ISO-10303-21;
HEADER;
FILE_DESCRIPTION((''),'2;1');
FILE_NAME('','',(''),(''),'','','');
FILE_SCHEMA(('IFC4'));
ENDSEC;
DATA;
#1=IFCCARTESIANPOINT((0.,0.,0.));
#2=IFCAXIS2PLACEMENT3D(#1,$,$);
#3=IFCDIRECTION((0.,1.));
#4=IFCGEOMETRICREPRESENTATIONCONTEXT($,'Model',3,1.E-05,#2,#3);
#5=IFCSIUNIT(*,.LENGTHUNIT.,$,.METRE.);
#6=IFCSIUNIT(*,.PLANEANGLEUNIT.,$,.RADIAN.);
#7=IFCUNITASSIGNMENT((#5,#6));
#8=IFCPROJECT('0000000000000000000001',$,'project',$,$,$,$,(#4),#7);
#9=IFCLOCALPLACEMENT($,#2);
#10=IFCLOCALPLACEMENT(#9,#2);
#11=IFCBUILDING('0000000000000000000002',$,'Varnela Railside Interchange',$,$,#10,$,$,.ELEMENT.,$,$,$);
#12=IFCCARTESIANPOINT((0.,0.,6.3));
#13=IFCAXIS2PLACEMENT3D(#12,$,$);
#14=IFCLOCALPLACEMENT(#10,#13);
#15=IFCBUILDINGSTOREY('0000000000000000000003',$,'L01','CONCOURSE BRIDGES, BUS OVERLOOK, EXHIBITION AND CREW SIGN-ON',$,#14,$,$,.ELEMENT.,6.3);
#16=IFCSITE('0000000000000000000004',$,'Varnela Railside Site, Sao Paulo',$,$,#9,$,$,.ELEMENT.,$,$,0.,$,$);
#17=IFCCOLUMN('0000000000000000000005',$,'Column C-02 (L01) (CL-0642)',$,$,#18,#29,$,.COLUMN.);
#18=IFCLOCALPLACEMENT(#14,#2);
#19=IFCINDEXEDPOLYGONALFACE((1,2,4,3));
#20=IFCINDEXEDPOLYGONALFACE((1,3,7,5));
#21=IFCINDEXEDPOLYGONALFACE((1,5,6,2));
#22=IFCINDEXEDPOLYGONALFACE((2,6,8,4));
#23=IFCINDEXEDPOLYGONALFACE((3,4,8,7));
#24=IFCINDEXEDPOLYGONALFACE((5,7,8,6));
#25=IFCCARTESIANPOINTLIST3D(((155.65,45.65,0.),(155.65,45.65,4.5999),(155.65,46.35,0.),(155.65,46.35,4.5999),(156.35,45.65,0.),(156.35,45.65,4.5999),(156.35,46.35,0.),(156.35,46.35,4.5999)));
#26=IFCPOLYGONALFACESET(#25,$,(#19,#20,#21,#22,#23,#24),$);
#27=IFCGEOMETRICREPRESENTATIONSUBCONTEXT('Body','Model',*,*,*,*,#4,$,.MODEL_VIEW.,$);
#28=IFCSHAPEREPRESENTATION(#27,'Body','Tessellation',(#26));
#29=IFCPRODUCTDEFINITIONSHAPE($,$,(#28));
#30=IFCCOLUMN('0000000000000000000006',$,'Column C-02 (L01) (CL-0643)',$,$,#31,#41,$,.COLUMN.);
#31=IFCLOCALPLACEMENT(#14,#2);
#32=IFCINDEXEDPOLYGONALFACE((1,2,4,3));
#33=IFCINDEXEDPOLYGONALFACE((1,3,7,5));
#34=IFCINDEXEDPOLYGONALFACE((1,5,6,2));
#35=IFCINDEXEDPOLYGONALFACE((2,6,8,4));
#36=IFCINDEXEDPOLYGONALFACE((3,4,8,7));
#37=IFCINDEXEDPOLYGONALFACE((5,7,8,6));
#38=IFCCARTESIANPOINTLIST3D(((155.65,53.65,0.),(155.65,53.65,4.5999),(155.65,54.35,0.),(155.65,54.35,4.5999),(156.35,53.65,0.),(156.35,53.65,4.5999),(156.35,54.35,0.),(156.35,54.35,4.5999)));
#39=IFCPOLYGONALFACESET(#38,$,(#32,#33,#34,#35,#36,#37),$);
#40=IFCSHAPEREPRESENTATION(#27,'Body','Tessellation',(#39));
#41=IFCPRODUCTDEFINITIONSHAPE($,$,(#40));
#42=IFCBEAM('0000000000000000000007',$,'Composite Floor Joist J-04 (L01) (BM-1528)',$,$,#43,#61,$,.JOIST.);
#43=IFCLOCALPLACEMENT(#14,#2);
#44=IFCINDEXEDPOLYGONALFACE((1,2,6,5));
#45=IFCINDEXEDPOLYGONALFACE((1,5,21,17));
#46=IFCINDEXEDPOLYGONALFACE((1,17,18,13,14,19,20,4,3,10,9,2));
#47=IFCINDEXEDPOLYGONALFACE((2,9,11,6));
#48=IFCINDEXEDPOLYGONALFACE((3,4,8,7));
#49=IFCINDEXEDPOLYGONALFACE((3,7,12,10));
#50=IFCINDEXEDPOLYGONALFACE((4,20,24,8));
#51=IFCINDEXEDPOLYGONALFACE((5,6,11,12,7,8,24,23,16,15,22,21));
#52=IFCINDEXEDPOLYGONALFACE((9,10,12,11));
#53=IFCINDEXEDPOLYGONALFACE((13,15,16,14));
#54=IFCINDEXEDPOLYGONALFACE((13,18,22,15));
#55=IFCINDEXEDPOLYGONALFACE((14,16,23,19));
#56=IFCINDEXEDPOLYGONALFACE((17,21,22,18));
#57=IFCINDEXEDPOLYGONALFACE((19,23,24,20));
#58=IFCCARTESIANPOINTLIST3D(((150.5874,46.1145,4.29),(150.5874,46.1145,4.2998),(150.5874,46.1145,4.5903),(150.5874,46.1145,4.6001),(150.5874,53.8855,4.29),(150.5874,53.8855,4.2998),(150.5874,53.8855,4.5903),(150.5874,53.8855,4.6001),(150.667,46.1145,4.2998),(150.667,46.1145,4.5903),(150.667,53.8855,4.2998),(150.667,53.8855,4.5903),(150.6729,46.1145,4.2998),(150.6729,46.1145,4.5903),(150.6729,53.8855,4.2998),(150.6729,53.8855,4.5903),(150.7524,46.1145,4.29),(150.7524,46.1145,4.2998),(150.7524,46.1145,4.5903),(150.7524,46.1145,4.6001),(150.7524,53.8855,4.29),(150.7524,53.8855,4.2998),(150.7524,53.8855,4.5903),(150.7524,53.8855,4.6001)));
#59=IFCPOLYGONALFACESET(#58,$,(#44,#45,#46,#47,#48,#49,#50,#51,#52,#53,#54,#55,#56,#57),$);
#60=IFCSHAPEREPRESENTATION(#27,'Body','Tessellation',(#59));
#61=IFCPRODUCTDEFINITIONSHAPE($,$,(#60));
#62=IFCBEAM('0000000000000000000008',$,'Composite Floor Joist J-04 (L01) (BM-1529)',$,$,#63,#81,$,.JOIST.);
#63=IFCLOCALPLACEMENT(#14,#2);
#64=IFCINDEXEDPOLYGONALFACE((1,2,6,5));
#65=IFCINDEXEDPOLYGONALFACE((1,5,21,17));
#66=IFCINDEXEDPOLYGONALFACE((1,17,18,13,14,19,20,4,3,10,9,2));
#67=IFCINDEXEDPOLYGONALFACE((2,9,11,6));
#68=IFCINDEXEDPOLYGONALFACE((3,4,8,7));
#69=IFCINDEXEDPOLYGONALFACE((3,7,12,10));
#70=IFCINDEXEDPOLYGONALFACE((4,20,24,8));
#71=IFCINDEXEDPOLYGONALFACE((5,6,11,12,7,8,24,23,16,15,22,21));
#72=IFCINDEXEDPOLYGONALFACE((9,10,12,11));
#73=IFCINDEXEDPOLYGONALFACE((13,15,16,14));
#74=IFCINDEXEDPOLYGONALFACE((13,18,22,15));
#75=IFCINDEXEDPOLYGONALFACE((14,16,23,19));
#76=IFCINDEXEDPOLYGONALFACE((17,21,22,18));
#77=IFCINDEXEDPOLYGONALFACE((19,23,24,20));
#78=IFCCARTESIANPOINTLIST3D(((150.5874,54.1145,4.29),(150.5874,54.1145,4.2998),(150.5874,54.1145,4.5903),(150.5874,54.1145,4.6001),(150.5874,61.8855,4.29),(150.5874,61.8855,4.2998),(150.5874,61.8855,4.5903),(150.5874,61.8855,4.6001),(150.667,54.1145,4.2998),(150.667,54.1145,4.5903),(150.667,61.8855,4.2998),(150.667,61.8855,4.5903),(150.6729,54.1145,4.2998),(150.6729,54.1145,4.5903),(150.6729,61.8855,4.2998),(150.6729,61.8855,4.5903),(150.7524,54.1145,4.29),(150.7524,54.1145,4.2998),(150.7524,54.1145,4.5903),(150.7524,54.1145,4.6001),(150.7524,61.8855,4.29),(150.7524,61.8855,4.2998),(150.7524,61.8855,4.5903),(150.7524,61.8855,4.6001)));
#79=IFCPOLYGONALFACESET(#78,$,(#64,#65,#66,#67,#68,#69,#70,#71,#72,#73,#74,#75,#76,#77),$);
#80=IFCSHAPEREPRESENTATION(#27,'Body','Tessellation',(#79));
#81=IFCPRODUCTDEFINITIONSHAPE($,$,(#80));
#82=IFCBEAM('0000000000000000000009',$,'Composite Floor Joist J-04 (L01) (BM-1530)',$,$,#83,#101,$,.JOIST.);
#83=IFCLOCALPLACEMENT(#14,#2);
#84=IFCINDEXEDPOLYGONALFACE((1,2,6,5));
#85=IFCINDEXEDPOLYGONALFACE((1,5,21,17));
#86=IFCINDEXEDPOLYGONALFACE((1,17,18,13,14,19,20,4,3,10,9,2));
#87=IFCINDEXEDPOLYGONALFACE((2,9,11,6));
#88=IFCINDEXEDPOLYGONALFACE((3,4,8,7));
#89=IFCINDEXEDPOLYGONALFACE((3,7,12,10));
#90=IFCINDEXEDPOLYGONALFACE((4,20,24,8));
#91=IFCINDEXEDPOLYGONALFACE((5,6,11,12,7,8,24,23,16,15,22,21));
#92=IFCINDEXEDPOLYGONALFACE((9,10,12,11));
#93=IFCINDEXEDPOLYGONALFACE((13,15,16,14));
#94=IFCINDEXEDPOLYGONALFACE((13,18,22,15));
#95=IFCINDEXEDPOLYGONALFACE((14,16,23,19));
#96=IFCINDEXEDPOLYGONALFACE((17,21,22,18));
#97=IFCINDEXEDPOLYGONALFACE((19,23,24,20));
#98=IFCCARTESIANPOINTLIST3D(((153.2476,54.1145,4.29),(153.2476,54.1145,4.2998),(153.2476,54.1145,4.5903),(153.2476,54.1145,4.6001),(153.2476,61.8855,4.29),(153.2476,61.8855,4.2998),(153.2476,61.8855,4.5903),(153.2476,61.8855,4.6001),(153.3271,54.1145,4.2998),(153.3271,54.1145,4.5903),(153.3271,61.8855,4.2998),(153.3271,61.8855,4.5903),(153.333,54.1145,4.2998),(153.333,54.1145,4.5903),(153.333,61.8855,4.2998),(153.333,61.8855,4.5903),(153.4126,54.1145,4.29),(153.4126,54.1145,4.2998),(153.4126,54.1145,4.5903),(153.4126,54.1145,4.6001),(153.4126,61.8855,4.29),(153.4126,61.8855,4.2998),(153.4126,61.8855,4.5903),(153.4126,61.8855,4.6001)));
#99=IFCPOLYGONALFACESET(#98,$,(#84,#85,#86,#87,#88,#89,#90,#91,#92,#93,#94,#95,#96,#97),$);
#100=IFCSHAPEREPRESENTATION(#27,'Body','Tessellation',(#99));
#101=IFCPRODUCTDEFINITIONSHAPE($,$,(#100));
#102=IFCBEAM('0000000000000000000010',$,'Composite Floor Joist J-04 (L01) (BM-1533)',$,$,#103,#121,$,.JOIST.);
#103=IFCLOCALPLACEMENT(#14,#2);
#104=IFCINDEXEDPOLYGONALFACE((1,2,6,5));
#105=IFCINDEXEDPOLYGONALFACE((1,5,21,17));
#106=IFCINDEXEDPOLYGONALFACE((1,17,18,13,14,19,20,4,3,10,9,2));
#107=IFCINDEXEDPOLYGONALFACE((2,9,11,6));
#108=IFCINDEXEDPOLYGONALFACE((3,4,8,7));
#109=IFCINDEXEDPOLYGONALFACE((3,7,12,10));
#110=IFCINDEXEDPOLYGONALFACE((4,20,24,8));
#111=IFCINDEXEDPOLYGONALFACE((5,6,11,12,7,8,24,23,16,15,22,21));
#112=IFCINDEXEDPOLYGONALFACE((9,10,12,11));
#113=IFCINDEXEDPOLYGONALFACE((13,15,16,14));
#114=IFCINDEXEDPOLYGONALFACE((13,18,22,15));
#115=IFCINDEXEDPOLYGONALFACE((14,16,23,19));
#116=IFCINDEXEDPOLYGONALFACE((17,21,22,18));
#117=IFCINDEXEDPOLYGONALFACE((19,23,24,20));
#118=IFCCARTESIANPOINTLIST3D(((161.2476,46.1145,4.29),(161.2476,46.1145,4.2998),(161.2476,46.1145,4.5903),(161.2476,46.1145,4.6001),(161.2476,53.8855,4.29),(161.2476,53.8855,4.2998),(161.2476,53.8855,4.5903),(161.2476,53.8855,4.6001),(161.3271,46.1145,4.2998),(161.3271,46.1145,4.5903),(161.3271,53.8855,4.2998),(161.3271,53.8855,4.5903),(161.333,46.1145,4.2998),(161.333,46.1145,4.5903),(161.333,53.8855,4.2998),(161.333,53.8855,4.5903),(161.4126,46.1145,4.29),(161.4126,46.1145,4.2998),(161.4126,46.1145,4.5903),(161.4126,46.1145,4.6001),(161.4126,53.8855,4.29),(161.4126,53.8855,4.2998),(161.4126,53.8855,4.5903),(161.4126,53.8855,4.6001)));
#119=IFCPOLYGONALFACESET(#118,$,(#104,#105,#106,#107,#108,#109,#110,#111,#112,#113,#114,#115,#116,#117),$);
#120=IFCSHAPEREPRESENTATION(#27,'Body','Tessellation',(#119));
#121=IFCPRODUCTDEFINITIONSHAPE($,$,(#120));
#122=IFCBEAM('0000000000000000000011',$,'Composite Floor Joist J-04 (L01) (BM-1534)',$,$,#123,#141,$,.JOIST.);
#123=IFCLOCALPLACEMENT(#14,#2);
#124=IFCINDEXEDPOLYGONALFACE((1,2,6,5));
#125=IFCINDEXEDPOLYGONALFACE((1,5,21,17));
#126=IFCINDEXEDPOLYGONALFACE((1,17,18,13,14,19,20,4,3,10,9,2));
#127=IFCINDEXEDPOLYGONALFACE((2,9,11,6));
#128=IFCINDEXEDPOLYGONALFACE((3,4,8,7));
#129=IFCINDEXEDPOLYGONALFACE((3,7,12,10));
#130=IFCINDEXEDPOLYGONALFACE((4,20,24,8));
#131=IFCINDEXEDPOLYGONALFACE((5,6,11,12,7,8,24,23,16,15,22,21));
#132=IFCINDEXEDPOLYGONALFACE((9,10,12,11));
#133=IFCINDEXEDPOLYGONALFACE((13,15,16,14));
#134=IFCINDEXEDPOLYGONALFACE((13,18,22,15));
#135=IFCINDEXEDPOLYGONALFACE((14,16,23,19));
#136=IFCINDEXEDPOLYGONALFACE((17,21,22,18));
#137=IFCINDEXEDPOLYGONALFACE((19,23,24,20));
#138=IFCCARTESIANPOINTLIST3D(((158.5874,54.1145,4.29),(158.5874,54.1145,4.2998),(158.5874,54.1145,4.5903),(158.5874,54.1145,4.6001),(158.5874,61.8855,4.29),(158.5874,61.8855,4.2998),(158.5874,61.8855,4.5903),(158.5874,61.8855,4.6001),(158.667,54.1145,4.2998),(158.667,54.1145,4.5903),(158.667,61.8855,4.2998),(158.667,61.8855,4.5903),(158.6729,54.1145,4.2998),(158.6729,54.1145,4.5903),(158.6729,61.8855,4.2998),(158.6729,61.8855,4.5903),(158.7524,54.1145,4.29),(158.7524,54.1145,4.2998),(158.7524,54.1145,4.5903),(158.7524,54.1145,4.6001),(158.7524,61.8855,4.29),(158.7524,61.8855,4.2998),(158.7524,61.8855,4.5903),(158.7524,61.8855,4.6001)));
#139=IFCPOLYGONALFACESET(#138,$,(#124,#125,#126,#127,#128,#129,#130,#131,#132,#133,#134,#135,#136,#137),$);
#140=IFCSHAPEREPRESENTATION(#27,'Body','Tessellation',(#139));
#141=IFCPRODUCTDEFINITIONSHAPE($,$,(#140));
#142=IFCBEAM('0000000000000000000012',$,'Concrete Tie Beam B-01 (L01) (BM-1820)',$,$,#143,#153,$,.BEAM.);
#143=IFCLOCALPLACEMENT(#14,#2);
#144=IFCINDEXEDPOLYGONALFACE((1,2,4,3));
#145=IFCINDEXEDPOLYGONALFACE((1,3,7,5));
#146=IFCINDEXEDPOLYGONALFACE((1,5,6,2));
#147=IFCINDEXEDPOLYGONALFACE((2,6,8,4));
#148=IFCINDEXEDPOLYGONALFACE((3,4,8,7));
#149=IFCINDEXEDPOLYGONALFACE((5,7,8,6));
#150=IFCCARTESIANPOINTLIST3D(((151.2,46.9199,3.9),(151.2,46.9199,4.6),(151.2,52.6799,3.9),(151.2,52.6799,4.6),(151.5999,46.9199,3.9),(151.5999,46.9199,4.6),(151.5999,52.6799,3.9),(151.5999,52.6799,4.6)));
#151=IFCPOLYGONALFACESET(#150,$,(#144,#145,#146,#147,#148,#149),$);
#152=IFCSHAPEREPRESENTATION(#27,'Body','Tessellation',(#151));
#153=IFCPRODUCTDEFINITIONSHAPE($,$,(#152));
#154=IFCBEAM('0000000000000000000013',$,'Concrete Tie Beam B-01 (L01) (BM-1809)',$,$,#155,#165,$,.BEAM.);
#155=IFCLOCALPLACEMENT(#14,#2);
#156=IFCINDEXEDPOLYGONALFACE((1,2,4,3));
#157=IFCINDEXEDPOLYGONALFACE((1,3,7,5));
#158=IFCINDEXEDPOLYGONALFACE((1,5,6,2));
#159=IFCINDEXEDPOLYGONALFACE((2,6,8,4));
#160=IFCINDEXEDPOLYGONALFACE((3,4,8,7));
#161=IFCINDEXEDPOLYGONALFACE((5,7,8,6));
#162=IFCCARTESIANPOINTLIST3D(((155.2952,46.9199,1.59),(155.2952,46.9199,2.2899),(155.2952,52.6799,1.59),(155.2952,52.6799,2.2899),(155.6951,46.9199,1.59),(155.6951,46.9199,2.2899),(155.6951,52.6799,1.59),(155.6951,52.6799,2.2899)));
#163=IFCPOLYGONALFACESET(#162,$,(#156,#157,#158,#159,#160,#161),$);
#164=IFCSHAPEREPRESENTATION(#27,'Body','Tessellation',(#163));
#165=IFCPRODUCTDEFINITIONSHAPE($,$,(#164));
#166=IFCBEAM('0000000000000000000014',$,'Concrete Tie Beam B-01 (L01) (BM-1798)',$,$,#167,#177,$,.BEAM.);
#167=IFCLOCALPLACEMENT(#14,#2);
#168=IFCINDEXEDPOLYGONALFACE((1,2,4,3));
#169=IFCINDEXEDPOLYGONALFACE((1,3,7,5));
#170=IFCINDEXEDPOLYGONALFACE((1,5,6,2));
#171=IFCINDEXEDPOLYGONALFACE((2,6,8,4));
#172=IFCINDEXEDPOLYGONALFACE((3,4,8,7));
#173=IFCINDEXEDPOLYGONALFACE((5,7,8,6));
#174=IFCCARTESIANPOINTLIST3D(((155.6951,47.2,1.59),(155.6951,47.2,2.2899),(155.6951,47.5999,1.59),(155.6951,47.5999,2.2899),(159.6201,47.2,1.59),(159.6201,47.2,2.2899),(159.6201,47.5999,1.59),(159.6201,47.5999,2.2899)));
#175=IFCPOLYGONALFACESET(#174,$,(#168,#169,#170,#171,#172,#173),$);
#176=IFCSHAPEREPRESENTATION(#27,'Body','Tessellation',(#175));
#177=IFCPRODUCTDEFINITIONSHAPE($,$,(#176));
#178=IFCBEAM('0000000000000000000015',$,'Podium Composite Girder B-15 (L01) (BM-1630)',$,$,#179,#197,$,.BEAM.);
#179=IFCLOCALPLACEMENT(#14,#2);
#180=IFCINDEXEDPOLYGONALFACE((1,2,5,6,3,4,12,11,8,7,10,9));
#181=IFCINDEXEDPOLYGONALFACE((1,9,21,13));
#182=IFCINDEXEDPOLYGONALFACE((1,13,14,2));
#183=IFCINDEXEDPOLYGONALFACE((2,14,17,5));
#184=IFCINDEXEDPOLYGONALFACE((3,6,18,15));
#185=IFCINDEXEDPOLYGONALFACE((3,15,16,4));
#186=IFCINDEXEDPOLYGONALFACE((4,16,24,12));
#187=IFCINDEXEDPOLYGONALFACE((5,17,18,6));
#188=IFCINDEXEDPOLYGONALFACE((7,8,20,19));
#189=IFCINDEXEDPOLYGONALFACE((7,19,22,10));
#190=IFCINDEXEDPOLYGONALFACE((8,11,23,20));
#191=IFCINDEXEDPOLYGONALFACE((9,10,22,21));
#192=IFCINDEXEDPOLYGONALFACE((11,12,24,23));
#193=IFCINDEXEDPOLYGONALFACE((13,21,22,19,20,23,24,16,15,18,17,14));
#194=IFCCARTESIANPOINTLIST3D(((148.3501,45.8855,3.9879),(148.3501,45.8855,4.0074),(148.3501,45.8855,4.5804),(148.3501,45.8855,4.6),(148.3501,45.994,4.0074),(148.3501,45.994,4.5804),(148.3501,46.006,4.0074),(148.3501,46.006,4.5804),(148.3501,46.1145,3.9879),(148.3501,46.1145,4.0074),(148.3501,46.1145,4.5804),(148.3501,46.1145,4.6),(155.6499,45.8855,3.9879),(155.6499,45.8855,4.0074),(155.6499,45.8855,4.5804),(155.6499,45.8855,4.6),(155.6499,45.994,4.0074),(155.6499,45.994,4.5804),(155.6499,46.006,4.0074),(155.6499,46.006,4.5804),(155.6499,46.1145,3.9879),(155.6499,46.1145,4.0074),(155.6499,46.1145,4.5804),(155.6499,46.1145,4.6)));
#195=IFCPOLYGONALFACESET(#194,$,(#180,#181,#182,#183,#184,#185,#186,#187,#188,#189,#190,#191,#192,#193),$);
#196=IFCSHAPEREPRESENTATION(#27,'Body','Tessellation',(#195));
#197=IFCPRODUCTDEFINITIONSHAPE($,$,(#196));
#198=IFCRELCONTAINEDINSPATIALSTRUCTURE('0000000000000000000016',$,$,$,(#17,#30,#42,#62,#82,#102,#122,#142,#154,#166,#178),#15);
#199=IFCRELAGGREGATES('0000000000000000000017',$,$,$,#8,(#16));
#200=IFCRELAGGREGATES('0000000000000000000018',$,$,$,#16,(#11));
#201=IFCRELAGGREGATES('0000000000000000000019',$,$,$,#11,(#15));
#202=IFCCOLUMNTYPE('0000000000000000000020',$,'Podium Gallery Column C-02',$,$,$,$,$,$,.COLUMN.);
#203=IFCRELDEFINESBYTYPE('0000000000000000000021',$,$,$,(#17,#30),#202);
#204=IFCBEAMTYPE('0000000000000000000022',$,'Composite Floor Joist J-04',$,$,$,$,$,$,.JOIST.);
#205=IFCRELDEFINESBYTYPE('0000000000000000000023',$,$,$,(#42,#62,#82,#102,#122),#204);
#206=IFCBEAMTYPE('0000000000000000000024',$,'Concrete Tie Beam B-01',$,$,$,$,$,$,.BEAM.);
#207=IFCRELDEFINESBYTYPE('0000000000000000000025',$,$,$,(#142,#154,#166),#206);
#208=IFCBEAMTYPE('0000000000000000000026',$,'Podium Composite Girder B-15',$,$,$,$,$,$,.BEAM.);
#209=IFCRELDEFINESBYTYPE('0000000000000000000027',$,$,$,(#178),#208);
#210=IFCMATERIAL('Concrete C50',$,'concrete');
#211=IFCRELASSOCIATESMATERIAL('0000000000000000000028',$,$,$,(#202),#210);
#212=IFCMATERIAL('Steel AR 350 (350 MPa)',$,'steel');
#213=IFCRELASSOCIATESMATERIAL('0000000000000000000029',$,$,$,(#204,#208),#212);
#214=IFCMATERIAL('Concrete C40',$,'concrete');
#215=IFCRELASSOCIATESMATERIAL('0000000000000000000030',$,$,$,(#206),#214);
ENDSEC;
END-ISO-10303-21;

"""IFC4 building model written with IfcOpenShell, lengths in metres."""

from ifc_helpers import new_model, si_unit, direction, frame, origin, origin_2d, place, context, subcontext, project, spatial, rectangle, i_section, extrude, material, material_profile, profile_set, type_object, element, save


model = new_model("IFC4")

# Units and contexts
model_context = context("Model", 3, precision=1e-05, world=origin(), true_north=direction((0.0, 1.0)))
body_context = subcontext(model_context, "Body", "Model", "MODEL_VIEW")
ifc_project = project(units=[si_unit("LENGTHUNIT", "METRE"), si_unit("PLANEANGLEUNIT", "RADIAN")], contexts=[model_context])

# Site, building, storey
site_placement = place(None, origin())
site = spatial("IfcSite", under=ifc_project, at=site_placement, Name="Varnela Railside Site, Sao Paulo", CompositionType="ELEMENT", RefElevation=0.0)
building_placement = place(site_placement, origin())
building = spatial("IfcBuilding", under=site, at=building_placement, Name="Varnela Railside Interchange", CompositionType="ELEMENT")
storey_placement = place(building_placement, frame((0.0, 0.0, 6.3)))
storey = spatial("IfcBuildingStorey", under=building, at=storey_placement, Name="L01", Description="CONCOURSE BRIDGES, BUS OVERLOOK, EXHIBITION AND CREW SIGN-ON", CompositionType="ELEMENT", Elevation=6.3)

# Columns
ifc_material_1 = material(Name="Concrete C50", Category="concrete")
ifc_material_profile_1 = material_profile(ifc_material_1, rectangle(XDim=0.7, YDim=0.7, at=origin_2d()), Name="RC 700x700")
ifc_profile_set_1 = profile_set([ifc_material_profile_1], Name="Concrete C50")
column_type = type_object("IfcColumnType", Name="Podium Gallery Column C-02", PredefinedType="COLUMN", material=ifc_profile_set_1)
for number, where, z_axis, x_axis, name in (
    (1, (156.0, 46.0, 0.0), (0.0, 0.0, 1.0), (1.0, 0.0, 0.0), "Column C-02 (L01) (CL-0642)"),
    (2, (156.0, 54.0, 0.0), (0.0, 0.0, 1.0), (1.0, 0.0, 0.0), "Column C-02 (L01) (CL-0643)"),
):
    element("IfcColumn", number, at=place(storey_placement, frame(where, z_axis=z_axis, x_axis=x_axis)), inside=storey, type_object=column_type, Name=name, PredefinedType="COLUMN", context=body_context, shape_type="SweptSolid", body=[
        extrude(rectangle(XDim=0.7, YDim=0.7, at=origin_2d()), origin(), (0.0, 0.0, 1.0), 4.5999),
    ])

# Beams
ifc_material_2 = material(Name="Steel AR 350 (350 MPa)", Category="steel")
ifc_material_profile_2 = material_profile(ifc_material_2, i_section(OverallWidth=0.165, OverallDepth=0.3101, WebThickness=0.0059, FlangeThickness=0.0098, at=origin_2d()), Name="W310x38.7")
ifc_profile_set_2 = profile_set([ifc_material_profile_2], Name="Steel AR 350 (350 MPa)")
beam_type_1 = type_object("IfcBeamType", Name="Composite Floor Joist J-04", PredefinedType="JOIST", material=ifc_profile_set_2)
for number, where, z_axis, x_axis, name in (
    (3, (150.6699, 46.1145, 4.4451), (0.0, 1.0, 0.0), (-1.0, 0.0, 0.0), "Composite Floor Joist J-04 (L01) (BM-1528)"),
    (4, (150.6699, 54.1145, 4.4451), (0.0, 1.0, 0.0), (-1.0, 0.0, 0.0), "Composite Floor Joist J-04 (L01) (BM-1529)"),
    (5, (153.3301, 54.1145, 4.4451), (0.0, 1.0, 0.0), (-1.0, 0.0, 0.0), "Composite Floor Joist J-04 (L01) (BM-1530)"),
    (6, (161.3301, 46.1145, 4.4451), (0.0, 1.0, 0.0), (-1.0, 0.0, 0.0), "Composite Floor Joist J-04 (L01) (BM-1533)"),
    (7, (158.6699, 54.1145, 4.4451), (0.0, 1.0, 0.0), (-1.0, 0.0, 0.0), "Composite Floor Joist J-04 (L01) (BM-1534)"),
):
    element("IfcBeam", number, at=place(storey_placement, frame(where, z_axis=z_axis, x_axis=x_axis)), inside=storey, type_object=beam_type_1, Name=name, PredefinedType="JOIST", context=body_context, shape_type="SweptSolid", body=[
        extrude(i_section(OverallWidth=0.165, OverallDepth=0.3101, WebThickness=0.0059, FlangeThickness=0.0098, at=origin_2d()), origin(), (0.0, 0.0, 1.0), 7.771),
    ])
ifc_material_3 = material(Name="Concrete C40", Category="concrete")
ifc_material_profile_3 = material_profile(ifc_material_3, rectangle(XDim=0.3999, YDim=0.7, at=origin_2d()), Name="RC 400x700")
ifc_profile_set_3 = profile_set([ifc_material_profile_3], Name="Concrete C40")
beam_type_2 = type_object("IfcBeamType", Name="Concrete Tie Beam B-01", PredefinedType="BEAM", material=ifc_profile_set_3)
for number, where, z_axis, x_axis, name in (
    (8, (151.3999, 46.9199, 4.25), (0.0, 1.0, 0.0), (-1.0, 0.0, 0.0), "Concrete Tie Beam B-01 (L01) (BM-1820)"),
    (9, (155.4951, 46.9199, 1.9399), (0.0, 1.0, 0.0), (-1.0, 0.0, 0.0), "Concrete Tie Beam B-01 (L01) (BM-1809)"),
):
    element("IfcBeam", number, at=place(storey_placement, frame(where, z_axis=z_axis, x_axis=x_axis)), inside=storey, type_object=beam_type_2, Name=name, PredefinedType="BEAM", context=body_context, shape_type="SweptSolid", body=[
        extrude(rectangle(XDim=0.3999, YDim=0.7, at=origin_2d()), origin(), (0.0, 0.0, 1.0), 5.76),
    ])
beam_placement = place(storey_placement, frame((155.6951, 47.3999, 1.9399), z_axis=(1.0, 0.0, 0.0), x_axis=(0.0, 1.0, 0.0)))
element("IfcBeam", 10, at=beam_placement, inside=storey, type_object=beam_type_2, Name="Concrete Tie Beam B-01 (L01) (BM-1798)", PredefinedType="BEAM", context=body_context, shape_type="SweptSolid", body=[
    extrude(rectangle(XDim=0.3999, YDim=0.7, at=origin_2d()), origin(), (0.0, 0.0, 1.0), 3.925),
])
ifc_material_profile_4 = material_profile(ifc_material_2, i_section(OverallWidth=0.229, OverallDepth=0.6121, WebThickness=0.012, FlangeThickness=0.0195, at=origin_2d()), Name="W610x125")
ifc_profile_set_4 = profile_set([ifc_material_profile_4], Name="Steel AR 350 (350 MPa)")
beam_type_3 = type_object("IfcBeamType", Name="Podium Composite Girder B-15", PredefinedType="BEAM", material=ifc_profile_set_4)
for number, where, z_axis, x_axis, name in (
    (11, (148.3501, 46.0, 4.2939), (1.0, 0.0, 0.0), (0.0, 1.0, 0.0), "Podium Composite Girder B-15 (L01) (BM-1630)"),
):
    element("IfcBeam", number, at=place(storey_placement, frame(where, z_axis=z_axis, x_axis=x_axis)), inside=storey, type_object=beam_type_3, Name=name, PredefinedType="BEAM", context=body_context, shape_type="SweptSolid", body=[
        extrude(i_section(OverallWidth=0.229, OverallDepth=0.6121, WebThickness=0.012, FlangeThickness=0.0195, at=origin_2d()), origin(), (0.0, 0.0, 1.0), 7.2998),
    ])

save(model, "model.ifc")
